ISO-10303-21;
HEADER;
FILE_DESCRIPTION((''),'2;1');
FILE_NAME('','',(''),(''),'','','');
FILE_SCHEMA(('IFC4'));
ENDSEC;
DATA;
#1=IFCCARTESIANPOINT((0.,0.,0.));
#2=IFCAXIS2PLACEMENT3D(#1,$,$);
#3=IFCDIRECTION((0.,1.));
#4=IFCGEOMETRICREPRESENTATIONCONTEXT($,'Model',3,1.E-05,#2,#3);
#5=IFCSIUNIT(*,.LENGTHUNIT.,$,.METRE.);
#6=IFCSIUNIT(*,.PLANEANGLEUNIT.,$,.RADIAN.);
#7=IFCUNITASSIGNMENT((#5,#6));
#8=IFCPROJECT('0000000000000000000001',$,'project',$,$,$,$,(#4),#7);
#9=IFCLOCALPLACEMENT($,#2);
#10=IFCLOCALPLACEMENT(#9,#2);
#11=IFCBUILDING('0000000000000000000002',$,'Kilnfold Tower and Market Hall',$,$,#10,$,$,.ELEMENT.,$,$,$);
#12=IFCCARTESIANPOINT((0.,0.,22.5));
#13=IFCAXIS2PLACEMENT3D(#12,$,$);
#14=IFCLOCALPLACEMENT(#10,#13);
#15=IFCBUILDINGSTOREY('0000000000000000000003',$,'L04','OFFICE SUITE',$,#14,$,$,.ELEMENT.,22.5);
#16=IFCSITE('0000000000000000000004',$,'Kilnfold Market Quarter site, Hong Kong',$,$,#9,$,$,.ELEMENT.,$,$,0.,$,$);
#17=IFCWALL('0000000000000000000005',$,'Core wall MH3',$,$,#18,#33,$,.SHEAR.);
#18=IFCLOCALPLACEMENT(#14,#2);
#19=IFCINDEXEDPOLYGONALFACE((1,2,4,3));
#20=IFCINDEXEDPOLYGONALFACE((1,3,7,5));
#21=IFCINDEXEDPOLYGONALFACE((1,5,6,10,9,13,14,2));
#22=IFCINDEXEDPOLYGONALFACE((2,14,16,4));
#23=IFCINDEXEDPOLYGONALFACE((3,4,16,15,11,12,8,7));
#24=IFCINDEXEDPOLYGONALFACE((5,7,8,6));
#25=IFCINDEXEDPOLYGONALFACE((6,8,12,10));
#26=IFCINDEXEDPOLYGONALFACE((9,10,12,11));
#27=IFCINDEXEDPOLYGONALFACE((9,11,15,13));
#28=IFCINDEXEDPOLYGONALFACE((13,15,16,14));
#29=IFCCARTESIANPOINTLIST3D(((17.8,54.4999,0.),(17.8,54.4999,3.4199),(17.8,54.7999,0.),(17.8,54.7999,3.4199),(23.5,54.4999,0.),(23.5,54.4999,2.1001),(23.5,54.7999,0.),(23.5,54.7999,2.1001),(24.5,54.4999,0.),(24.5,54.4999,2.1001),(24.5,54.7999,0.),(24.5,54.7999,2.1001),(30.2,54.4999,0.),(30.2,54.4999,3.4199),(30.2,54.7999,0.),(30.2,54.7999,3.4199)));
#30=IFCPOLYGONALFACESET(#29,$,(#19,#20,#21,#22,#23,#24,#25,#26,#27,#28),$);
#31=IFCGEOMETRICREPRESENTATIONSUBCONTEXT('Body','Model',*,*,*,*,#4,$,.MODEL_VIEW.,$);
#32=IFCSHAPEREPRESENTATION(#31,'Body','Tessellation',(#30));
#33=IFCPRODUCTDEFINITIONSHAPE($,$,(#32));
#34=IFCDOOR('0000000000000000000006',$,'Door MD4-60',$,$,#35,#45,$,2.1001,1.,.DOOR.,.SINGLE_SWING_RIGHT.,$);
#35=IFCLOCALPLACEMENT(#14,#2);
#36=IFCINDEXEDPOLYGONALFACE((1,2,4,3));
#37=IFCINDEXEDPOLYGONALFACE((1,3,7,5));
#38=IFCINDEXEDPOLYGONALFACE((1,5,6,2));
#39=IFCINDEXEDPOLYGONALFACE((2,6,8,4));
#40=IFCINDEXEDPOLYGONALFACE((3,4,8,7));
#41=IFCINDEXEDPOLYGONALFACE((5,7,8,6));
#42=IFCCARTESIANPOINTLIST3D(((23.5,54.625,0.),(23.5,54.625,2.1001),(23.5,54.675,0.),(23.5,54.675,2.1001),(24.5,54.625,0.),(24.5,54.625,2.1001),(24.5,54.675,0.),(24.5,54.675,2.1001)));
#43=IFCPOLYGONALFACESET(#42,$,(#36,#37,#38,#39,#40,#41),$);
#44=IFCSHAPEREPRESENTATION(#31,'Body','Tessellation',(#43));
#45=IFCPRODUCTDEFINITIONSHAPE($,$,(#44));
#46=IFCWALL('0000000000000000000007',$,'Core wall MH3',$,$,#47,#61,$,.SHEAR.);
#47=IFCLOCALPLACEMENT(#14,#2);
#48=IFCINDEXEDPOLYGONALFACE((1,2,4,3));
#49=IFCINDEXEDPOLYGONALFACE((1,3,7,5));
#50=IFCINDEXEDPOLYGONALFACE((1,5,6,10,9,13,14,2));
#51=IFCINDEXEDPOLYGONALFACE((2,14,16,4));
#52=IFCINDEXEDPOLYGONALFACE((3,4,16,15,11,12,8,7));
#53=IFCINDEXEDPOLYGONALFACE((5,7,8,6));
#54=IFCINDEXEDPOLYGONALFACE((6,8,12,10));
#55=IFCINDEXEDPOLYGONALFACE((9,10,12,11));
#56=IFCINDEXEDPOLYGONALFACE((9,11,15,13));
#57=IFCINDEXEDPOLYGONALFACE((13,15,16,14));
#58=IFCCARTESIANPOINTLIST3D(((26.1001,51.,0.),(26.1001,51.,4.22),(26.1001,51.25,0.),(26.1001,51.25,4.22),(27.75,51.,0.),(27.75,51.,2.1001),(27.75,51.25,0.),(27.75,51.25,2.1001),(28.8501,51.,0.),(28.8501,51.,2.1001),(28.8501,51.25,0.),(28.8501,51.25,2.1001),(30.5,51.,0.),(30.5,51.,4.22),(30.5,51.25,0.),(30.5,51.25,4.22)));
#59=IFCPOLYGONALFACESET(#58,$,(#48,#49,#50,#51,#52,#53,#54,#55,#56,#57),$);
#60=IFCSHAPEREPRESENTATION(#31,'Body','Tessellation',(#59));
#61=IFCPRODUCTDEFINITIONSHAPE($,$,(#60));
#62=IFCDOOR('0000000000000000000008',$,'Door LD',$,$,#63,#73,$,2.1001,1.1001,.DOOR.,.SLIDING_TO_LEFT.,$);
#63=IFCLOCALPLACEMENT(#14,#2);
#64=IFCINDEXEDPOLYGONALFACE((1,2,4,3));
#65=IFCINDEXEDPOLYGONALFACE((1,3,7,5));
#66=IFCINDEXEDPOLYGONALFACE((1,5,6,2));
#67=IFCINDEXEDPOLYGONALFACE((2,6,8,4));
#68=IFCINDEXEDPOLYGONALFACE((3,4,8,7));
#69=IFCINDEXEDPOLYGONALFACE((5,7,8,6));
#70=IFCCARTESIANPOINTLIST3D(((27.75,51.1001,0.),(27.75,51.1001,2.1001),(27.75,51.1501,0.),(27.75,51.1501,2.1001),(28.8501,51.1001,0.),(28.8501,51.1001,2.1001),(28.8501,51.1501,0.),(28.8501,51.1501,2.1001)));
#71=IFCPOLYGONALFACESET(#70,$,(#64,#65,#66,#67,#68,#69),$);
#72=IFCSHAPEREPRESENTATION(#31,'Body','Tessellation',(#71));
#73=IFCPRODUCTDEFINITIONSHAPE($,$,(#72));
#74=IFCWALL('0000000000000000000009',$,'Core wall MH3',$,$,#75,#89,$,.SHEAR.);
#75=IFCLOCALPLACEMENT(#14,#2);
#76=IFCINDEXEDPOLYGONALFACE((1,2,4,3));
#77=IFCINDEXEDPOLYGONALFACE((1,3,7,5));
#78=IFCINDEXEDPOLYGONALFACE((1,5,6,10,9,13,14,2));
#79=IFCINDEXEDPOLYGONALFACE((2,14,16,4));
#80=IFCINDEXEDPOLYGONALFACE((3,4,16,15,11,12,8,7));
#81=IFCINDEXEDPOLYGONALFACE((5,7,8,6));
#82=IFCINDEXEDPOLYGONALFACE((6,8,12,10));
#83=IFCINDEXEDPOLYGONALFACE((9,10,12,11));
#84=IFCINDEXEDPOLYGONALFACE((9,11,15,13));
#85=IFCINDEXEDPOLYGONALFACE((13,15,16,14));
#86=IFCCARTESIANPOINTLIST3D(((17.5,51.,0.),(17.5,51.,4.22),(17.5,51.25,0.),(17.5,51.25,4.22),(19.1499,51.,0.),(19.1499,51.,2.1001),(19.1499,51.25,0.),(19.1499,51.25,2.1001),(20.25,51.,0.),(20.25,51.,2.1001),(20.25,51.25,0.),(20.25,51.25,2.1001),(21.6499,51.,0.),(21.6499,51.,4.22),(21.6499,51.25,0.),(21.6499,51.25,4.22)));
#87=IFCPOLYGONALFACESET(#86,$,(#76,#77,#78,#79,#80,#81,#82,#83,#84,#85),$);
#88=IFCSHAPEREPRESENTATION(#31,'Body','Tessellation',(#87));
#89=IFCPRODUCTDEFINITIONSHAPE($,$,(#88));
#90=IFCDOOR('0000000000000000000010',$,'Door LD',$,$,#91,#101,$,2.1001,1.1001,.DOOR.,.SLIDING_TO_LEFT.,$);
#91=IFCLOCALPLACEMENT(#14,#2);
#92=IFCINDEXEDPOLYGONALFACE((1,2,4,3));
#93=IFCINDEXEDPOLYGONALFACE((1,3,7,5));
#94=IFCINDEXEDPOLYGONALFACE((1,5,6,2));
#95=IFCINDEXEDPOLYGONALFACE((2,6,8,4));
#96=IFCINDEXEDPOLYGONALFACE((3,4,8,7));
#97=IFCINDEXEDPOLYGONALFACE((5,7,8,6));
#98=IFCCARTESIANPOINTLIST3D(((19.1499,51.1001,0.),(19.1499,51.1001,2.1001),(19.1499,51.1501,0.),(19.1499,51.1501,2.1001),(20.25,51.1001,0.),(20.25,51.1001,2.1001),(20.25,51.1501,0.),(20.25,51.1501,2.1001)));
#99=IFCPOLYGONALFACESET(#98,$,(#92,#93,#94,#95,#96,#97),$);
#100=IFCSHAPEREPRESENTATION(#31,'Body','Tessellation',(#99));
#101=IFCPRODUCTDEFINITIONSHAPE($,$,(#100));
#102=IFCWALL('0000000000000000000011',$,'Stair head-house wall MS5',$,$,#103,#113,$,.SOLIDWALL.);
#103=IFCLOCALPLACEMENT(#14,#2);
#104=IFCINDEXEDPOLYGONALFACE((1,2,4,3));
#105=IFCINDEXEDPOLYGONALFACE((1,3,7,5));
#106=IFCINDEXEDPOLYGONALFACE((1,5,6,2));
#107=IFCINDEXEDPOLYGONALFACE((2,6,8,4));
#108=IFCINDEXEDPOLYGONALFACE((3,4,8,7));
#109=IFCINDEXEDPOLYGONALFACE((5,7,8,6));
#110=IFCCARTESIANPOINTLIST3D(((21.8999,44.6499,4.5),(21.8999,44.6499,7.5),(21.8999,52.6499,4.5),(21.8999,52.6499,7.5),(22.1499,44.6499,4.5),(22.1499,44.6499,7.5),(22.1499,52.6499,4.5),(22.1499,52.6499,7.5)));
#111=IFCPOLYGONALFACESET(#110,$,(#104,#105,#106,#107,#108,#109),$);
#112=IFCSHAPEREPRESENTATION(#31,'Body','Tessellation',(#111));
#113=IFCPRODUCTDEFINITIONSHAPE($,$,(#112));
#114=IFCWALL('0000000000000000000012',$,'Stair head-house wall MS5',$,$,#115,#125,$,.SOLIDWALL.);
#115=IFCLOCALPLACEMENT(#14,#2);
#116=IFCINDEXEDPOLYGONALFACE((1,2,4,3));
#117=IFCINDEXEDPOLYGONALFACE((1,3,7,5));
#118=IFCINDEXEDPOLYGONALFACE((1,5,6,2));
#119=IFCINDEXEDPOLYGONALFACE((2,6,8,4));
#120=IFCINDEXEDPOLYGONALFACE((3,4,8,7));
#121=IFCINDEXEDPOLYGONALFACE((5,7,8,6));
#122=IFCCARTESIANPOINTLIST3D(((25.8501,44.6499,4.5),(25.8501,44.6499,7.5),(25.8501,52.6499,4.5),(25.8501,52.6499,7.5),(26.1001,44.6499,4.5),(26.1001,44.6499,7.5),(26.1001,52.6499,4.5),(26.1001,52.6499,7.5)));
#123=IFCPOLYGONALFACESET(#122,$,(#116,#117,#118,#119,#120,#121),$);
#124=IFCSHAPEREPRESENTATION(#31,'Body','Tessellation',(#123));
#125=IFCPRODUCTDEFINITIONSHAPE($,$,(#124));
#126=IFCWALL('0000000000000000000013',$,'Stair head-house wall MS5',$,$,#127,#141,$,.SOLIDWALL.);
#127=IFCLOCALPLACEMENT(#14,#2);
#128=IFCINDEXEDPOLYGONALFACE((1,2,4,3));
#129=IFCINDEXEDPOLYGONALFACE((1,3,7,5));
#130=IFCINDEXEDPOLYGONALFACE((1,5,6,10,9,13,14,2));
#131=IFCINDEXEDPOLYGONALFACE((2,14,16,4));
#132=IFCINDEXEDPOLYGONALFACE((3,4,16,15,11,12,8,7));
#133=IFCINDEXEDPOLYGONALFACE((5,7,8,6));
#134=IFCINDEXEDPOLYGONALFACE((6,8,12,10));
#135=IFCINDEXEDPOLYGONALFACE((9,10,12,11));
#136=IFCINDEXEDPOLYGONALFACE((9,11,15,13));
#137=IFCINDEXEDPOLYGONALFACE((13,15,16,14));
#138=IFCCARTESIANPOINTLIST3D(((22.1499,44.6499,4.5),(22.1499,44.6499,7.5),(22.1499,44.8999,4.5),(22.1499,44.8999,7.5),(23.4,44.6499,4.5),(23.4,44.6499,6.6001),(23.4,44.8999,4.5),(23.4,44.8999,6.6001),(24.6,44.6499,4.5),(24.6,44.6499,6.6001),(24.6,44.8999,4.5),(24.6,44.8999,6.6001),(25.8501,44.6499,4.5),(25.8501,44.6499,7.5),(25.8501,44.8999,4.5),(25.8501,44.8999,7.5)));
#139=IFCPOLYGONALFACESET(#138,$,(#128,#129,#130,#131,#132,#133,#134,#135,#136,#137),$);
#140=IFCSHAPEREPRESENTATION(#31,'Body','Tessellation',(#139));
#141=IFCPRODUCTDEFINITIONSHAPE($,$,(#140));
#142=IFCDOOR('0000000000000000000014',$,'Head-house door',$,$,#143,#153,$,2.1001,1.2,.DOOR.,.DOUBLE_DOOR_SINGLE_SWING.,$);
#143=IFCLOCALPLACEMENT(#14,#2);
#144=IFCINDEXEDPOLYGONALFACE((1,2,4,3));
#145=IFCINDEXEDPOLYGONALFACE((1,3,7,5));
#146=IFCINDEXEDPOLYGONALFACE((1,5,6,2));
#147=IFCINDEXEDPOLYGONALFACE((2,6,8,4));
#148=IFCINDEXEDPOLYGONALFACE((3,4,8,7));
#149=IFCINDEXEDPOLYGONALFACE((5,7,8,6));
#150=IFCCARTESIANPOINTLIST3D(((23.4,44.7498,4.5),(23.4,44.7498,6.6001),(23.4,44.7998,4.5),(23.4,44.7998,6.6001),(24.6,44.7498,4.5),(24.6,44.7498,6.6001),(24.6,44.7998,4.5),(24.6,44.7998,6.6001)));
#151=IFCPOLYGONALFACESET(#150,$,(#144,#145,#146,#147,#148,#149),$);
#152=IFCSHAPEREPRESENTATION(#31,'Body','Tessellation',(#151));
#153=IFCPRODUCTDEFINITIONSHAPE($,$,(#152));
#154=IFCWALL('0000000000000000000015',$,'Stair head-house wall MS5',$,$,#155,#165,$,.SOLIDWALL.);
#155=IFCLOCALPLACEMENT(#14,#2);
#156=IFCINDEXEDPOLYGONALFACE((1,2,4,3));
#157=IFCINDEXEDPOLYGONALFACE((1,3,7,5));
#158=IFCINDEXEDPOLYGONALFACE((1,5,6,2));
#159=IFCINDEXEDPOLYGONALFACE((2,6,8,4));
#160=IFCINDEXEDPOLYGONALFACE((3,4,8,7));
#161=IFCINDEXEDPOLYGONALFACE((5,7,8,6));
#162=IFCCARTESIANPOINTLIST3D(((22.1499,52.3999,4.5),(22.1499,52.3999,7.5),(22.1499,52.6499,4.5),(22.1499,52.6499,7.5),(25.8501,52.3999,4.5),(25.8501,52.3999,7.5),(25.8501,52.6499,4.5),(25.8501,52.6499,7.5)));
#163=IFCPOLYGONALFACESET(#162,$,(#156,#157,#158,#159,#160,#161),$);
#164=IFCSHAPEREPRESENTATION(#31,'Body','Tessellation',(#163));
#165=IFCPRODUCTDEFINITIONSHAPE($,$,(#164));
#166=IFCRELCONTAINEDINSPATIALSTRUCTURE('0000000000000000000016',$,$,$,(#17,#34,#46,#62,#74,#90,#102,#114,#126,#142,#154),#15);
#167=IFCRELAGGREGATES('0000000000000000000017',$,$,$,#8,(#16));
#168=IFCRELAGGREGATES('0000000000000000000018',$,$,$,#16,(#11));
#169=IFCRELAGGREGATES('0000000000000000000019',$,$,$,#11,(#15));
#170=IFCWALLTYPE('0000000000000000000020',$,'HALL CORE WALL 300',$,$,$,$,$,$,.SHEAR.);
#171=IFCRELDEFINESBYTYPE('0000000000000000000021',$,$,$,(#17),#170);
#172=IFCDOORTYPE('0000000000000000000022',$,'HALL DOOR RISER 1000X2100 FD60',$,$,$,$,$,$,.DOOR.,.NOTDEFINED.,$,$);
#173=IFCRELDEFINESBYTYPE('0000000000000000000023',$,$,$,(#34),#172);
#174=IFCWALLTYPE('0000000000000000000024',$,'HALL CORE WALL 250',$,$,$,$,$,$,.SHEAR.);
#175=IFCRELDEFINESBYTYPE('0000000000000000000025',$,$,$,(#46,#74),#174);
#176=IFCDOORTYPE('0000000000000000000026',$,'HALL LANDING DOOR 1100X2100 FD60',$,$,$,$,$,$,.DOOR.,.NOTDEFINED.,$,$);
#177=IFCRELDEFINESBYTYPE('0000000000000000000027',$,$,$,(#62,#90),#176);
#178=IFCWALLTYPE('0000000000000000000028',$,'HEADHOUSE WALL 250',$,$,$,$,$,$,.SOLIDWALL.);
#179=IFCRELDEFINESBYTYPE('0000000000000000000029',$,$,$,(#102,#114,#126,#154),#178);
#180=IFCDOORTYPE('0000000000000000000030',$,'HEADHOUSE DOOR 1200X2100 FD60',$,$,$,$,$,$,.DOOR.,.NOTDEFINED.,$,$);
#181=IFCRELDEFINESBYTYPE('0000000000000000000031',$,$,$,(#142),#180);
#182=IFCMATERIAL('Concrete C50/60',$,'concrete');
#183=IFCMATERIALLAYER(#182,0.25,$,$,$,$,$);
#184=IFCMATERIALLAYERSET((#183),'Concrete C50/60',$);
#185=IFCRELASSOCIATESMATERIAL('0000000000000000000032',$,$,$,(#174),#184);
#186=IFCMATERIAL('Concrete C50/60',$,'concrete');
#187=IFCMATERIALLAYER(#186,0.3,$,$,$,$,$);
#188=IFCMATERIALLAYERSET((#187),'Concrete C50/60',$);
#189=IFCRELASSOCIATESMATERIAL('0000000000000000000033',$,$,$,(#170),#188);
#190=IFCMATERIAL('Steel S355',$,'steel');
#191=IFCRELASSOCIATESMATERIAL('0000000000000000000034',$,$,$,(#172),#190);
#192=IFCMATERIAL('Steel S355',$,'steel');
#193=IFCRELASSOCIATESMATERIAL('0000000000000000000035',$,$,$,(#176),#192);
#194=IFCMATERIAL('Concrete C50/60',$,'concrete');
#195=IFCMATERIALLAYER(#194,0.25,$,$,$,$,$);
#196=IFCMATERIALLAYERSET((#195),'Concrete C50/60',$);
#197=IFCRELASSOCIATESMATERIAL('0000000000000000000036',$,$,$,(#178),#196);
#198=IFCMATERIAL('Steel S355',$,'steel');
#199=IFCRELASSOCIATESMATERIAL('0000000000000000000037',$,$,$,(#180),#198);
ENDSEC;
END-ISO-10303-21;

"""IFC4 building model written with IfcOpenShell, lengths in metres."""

from ifc_helpers import new_model, si_unit, direction, frame, frame_2d, origin, place, context, subcontext, project, spatial, rectangle, extrude, source, transform, mapped, material, layer, layer_set, type_object, element, fill, save


model = new_model("IFC4")

# Units and contexts
model_context = context("Model", 3, precision=1e-05, world=origin(), true_north=direction((0.0, 1.0)))
body_context = subcontext(model_context, "Body", "Model", "MODEL_VIEW")
ifc_project = project(units=[si_unit("LENGTHUNIT", "METRE"), si_unit("PLANEANGLEUNIT", "RADIAN")], contexts=[model_context])

# Site, building, storey
site_placement = place(None, origin())
site = spatial("IfcSite", under=ifc_project, at=site_placement, Name="Kilnfold Market Quarter site, Hong Kong", CompositionType="ELEMENT", RefElevation=0.0)
building_placement = place(site_placement, origin())
building = spatial("IfcBuilding", under=site, at=building_placement, Name="Kilnfold Tower and Market Hall", CompositionType="ELEMENT")
storey_placement = place(building_placement, frame((0.0, 0.0, 22.5)))
storey = spatial("IfcBuildingStorey", under=building, at=storey_placement, Name="L04", Description="OFFICE SUITE", CompositionType="ELEMENT", Elevation=22.5)

# Shared definitions
ifc_material_1 = material(Name="Concrete C50/60", Category="concrete")
ifc_layer_1 = layer(ifc_material_1, 0.25)
ifc_layer_set_1 = layer_set([ifc_layer_1], Name="Concrete C50/60")
wall_type_1 = type_object("IfcWallType", Name="HALL CORE WALL 250", PredefinedType="SHEAR", material=ifc_layer_set_1)

# Shared definitions
ifc_material_2 = material(Name="Concrete C50/60", Category="concrete")
ifc_layer_2 = layer(ifc_material_2, 0.3)
ifc_layer_set_2 = layer_set([ifc_layer_2], Name="Concrete C50/60")
wall_type_2 = type_object("IfcWallType", Name="HALL CORE WALL 300", PredefinedType="SHEAR", material=ifc_layer_set_2)

# Walls, openings, doors
shared_shape_1 = source(origin(), body_context, "Body", "SweptSolid", [
    extrude(rectangle(XDim=12.3999, YDim=0.3, at=frame_2d((6.2, 0.0))), origin(), (0.0, 0.0, 1.0), 3.4199),
])
wall_1_placement = place(storey_placement, frame((30.2, 54.6499, 0.0), z_axis=(0.0, 0.0, 1.0), x_axis=(-1.0, 0.0, 0.0)))
wall_1 = element("IfcWall", 1, at=wall_1_placement, inside=storey, type_object=wall_type_2, Name="Core wall MH3", PredefinedType="SHEAR", context=body_context, shape_type="MappedRepresentation", body=[
    mapped(shared_shape_1, transform((0.0, 0.0, 0.0))),
])
opening_1_placement = place(wall_1_placement, frame((5.7, 0.0, 0.0)))
opening_1 = element("IfcOpeningElement", 2, at=opening_1_placement, cuts=wall_1, PredefinedType="OPENING", context=body_context, shape_type="SweptSolid", body=[
    extrude(rectangle(XDim=1.0, YDim=2.1001, at=frame_2d((0.5, 1.05))), frame((0.0, 0.1602, 0.0), z_axis=(0.0, -1.0, 0.0), x_axis=(1.0, 0.0, 0.0)), (0.0, 0.0, 1.0), 0.3201),
])
ifc_material_3 = material(Name="Steel S355", Category="steel")
door_type_1 = type_object("IfcDoorType", Name="HALL DOOR RISER 1000X2100 FD60", OperationType="NOTDEFINED", PredefinedType="DOOR", material=ifc_material_3)
door_1_placement = place(opening_1_placement, origin())
door_1 = element("IfcDoor", 3, at=door_1_placement, inside=storey, type_object=door_type_1, Name="Door MD4-60", OperationType="SINGLE_SWING_RIGHT", OverallHeight=2.1001, OverallWidth=1.0, PredefinedType="DOOR", context=body_context, shape_type="SweptSolid", body=[
    extrude(rectangle(XDim=1.0, YDim=2.1001, at=frame_2d((0.5, 1.05))), frame((0.0, 0.0249, 0.0), z_axis=(0.0, -1.0, 0.0), x_axis=(1.0, 0.0, 0.0)), (0.0, 0.0, 1.0), 0.05),
])
fill(opening_1, door_1)
shared_shape_2 = source(origin(), body_context, "Body", "SweptSolid", [
    extrude(rectangle(XDim=4.3999, YDim=0.25, at=frame_2d((2.2, 0.0))), origin(), (0.0, 0.0, 1.0), 4.22),
])
wall_2_placement = place(storey_placement, frame((30.5, 51.125, 0.0), z_axis=(0.0, 0.0, 1.0), x_axis=(-1.0, 0.0, 0.0)))
wall_2 = element("IfcWall", 4, at=wall_2_placement, inside=storey, type_object=wall_type_1, Name="Core wall MH3", PredefinedType="SHEAR", context=body_context, shape_type="MappedRepresentation", body=[
    mapped(shared_shape_2, transform((0.0, 0.0, 0.0))),
])
opening_2_placement = place(wall_2_placement, frame((1.6499, 0.0, 0.0)))
opening_2 = element("IfcOpeningElement", 5, at=opening_2_placement, cuts=wall_2, PredefinedType="OPENING", context=body_context, shape_type="SweptSolid", body=[
    extrude(rectangle(XDim=1.1001, YDim=2.1001, at=frame_2d((0.55, 1.05))), frame((0.0, 0.135, 0.0), z_axis=(0.0, -1.0, 0.0), x_axis=(1.0, 0.0, 0.0)), (0.0, 0.0, 1.0), 0.27),
])
ifc_material_4 = material(Name="Steel S355", Category="steel")
door_type_2 = type_object("IfcDoorType", Name="HALL LANDING DOOR 1100X2100 FD60", OperationType="NOTDEFINED", PredefinedType="DOOR", material=ifc_material_4)
door_2_placement = place(opening_2_placement, origin())
door_2 = element("IfcDoor", 6, at=door_2_placement, inside=storey, type_object=door_type_2, Name="Door LD", OperationType="SLIDING_TO_LEFT", OverallHeight=2.1001, OverallWidth=1.1001, PredefinedType="DOOR", context=body_context, shape_type="SweptSolid", body=[
    extrude(rectangle(XDim=1.1001, YDim=2.1001, at=frame_2d((0.55, 1.05))), frame((0.0, 0.0249, 0.0), z_axis=(0.0, -1.0, 0.0), x_axis=(1.0, 0.0, 0.0)), (0.0, 0.0, 1.0), 0.05),
])
fill(opening_2, door_2)
shared_shape_3 = source(origin(), body_context, "Body", "SweptSolid", [
    extrude(rectangle(XDim=4.1499, YDim=0.25, at=frame_2d((2.075, 0.0))), origin(), (0.0, 0.0, 1.0), 4.22),
])
wall_3_placement = place(storey_placement, frame((21.6499, 51.125, 0.0), z_axis=(0.0, 0.0, 1.0), x_axis=(-1.0, 0.0, 0.0)))
wall_3 = element("IfcWall", 7, at=wall_3_placement, inside=storey, type_object=wall_type_1, Name="Core wall MH3", PredefinedType="SHEAR", context=body_context, shape_type="MappedRepresentation", body=[
    mapped(shared_shape_3, transform((0.0, 0.0, 0.0))),
])
opening_3_placement = place(wall_3_placement, frame((1.3999, 0.0, 0.0)))
opening_3 = element("IfcOpeningElement", 8, at=opening_3_placement, cuts=wall_3, PredefinedType="OPENING", context=body_context, shape_type="SweptSolid", body=[
    extrude(rectangle(XDim=1.1001, YDim=2.1001, at=frame_2d((0.55, 1.05))), frame((0.0, 0.135, 0.0), z_axis=(0.0, -1.0, 0.0), x_axis=(1.0, 0.0, 0.0)), (0.0, 0.0, 1.0), 0.27),
])
door_3_placement = place(opening_3_placement, origin())
door_3 = element("IfcDoor", 9, at=door_3_placement, inside=storey, type_object=door_type_2, Name="Door LD", OperationType="SLIDING_TO_LEFT", OverallHeight=2.1001, OverallWidth=1.1001, PredefinedType="DOOR", context=body_context, shape_type="SweptSolid", body=[
    extrude(rectangle(XDim=1.1001, YDim=2.1001, at=frame_2d((0.55, 1.05))), frame((0.0, 0.0249, 0.0), z_axis=(0.0, -1.0, 0.0), x_axis=(1.0, 0.0, 0.0)), (0.0, 0.0, 1.0), 0.05),
])
fill(opening_3, door_3)

# Walls
ifc_material_5 = material(Name="Concrete C50/60", Category="concrete")
ifc_layer_3 = layer(ifc_material_5, 0.25)
ifc_layer_set_3 = layer_set([ifc_layer_3], Name="Concrete C50/60")
wall_type_3 = type_object("IfcWallType", Name="HEADHOUSE WALL 250", PredefinedType="SOLIDWALL", material=ifc_layer_set_3)
shared_shape_4 = source(origin(), body_context, "Body", "SweptSolid", [
    extrude(rectangle(XDim=8.0, YDim=0.25, at=frame_2d((4.0, 0.0))), origin(), (0.0, 0.0, 1.0), 3.0),
])
for number, where, z_axis, x_axis, name in (
    (10, (22.0249, 44.6499, 4.5), (0.0, 0.0, 1.0), (0.0, 1.0, 0.0), "Stair head-house wall MS5"),
    (11, (25.9751, 44.6499, 4.5), (0.0, 0.0, 1.0), (0.0, 1.0, 0.0), "Stair head-house wall MS5"),
):
    element("IfcWall", number, at=place(storey_placement, frame(where, z_axis=z_axis, x_axis=x_axis)), inside=storey, type_object=wall_type_3, Name=name, PredefinedType="SOLIDWALL", context=body_context, shape_type="MappedRepresentation", body=[
        mapped(shared_shape_4, transform((0.0, 0.0, 0.0))),
    ])

# Wall, opening, door
shared_shape_5 = source(origin(), body_context, "Body", "SweptSolid", [
    extrude(rectangle(XDim=3.7002, YDim=0.25, at=frame_2d((1.8501, 0.0))), origin(), (0.0, 0.0, 1.0), 3.0),
])
wall_4_placement = place(storey_placement, frame((22.1499, 44.7749, 4.5), z_axis=(0.0, 0.0, 1.0), x_axis=(1.0, 0.0, 0.0)))
wall_4 = element("IfcWall", 12, at=wall_4_placement, inside=storey, type_object=wall_type_3, Name="Stair head-house wall MS5", PredefinedType="SOLIDWALL", context=body_context, shape_type="MappedRepresentation", body=[
    mapped(shared_shape_5, transform((0.0, 0.0, 0.0))),
])
opening_4_placement = place(wall_4_placement, frame((1.25, 0.0, 0.0)))
opening_4 = element("IfcOpeningElement", 13, at=opening_4_placement, cuts=wall_4, PredefinedType="OPENING", context=body_context, shape_type="SweptSolid", body=[
    extrude(rectangle(XDim=1.2, YDim=2.1001, at=frame_2d((0.6001, 1.05))), frame((0.0, 0.135, 0.0), z_axis=(0.0, -1.0, 0.0), x_axis=(1.0, 0.0, 0.0)), (0.0, 0.0, 1.0), 0.27),
])
ifc_material_6 = material(Name="Steel S355", Category="steel")
door_type_3 = type_object("IfcDoorType", Name="HEADHOUSE DOOR 1200X2100 FD60", OperationType="NOTDEFINED", PredefinedType="DOOR", material=ifc_material_6)
door_4_placement = place(opening_4_placement, origin())
door_4 = element("IfcDoor", 14, at=door_4_placement, inside=storey, type_object=door_type_3, Name="Head-house door", OperationType="DOUBLE_DOOR_SINGLE_SWING", OverallHeight=2.1001, OverallWidth=1.2, PredefinedType="DOOR", context=body_context, shape_type="SweptSolid", body=[
    extrude(rectangle(XDim=1.2, YDim=2.1001, at=frame_2d((0.6001, 1.05))), frame((0.0, 0.0249, 0.0), z_axis=(0.0, -1.0, 0.0), x_axis=(1.0, 0.0, 0.0)), (0.0, 0.0, 1.0), 0.05),
])
fill(opening_4, door_4)

# Wall
wall_5_placement = place(storey_placement, frame((22.1499, 52.5249, 4.5), z_axis=(0.0, 0.0, 1.0), x_axis=(1.0, 0.0, 0.0)))
element("IfcWall", 15, at=wall_5_placement, inside=storey, type_object=wall_type_3, Name="Stair head-house wall MS5", PredefinedType="SOLIDWALL", context=body_context, shape_type="MappedRepresentation", body=[
    mapped(shared_shape_5, transform((0.0, 0.0, 0.0))),
])

save(model, "model.ifc")
